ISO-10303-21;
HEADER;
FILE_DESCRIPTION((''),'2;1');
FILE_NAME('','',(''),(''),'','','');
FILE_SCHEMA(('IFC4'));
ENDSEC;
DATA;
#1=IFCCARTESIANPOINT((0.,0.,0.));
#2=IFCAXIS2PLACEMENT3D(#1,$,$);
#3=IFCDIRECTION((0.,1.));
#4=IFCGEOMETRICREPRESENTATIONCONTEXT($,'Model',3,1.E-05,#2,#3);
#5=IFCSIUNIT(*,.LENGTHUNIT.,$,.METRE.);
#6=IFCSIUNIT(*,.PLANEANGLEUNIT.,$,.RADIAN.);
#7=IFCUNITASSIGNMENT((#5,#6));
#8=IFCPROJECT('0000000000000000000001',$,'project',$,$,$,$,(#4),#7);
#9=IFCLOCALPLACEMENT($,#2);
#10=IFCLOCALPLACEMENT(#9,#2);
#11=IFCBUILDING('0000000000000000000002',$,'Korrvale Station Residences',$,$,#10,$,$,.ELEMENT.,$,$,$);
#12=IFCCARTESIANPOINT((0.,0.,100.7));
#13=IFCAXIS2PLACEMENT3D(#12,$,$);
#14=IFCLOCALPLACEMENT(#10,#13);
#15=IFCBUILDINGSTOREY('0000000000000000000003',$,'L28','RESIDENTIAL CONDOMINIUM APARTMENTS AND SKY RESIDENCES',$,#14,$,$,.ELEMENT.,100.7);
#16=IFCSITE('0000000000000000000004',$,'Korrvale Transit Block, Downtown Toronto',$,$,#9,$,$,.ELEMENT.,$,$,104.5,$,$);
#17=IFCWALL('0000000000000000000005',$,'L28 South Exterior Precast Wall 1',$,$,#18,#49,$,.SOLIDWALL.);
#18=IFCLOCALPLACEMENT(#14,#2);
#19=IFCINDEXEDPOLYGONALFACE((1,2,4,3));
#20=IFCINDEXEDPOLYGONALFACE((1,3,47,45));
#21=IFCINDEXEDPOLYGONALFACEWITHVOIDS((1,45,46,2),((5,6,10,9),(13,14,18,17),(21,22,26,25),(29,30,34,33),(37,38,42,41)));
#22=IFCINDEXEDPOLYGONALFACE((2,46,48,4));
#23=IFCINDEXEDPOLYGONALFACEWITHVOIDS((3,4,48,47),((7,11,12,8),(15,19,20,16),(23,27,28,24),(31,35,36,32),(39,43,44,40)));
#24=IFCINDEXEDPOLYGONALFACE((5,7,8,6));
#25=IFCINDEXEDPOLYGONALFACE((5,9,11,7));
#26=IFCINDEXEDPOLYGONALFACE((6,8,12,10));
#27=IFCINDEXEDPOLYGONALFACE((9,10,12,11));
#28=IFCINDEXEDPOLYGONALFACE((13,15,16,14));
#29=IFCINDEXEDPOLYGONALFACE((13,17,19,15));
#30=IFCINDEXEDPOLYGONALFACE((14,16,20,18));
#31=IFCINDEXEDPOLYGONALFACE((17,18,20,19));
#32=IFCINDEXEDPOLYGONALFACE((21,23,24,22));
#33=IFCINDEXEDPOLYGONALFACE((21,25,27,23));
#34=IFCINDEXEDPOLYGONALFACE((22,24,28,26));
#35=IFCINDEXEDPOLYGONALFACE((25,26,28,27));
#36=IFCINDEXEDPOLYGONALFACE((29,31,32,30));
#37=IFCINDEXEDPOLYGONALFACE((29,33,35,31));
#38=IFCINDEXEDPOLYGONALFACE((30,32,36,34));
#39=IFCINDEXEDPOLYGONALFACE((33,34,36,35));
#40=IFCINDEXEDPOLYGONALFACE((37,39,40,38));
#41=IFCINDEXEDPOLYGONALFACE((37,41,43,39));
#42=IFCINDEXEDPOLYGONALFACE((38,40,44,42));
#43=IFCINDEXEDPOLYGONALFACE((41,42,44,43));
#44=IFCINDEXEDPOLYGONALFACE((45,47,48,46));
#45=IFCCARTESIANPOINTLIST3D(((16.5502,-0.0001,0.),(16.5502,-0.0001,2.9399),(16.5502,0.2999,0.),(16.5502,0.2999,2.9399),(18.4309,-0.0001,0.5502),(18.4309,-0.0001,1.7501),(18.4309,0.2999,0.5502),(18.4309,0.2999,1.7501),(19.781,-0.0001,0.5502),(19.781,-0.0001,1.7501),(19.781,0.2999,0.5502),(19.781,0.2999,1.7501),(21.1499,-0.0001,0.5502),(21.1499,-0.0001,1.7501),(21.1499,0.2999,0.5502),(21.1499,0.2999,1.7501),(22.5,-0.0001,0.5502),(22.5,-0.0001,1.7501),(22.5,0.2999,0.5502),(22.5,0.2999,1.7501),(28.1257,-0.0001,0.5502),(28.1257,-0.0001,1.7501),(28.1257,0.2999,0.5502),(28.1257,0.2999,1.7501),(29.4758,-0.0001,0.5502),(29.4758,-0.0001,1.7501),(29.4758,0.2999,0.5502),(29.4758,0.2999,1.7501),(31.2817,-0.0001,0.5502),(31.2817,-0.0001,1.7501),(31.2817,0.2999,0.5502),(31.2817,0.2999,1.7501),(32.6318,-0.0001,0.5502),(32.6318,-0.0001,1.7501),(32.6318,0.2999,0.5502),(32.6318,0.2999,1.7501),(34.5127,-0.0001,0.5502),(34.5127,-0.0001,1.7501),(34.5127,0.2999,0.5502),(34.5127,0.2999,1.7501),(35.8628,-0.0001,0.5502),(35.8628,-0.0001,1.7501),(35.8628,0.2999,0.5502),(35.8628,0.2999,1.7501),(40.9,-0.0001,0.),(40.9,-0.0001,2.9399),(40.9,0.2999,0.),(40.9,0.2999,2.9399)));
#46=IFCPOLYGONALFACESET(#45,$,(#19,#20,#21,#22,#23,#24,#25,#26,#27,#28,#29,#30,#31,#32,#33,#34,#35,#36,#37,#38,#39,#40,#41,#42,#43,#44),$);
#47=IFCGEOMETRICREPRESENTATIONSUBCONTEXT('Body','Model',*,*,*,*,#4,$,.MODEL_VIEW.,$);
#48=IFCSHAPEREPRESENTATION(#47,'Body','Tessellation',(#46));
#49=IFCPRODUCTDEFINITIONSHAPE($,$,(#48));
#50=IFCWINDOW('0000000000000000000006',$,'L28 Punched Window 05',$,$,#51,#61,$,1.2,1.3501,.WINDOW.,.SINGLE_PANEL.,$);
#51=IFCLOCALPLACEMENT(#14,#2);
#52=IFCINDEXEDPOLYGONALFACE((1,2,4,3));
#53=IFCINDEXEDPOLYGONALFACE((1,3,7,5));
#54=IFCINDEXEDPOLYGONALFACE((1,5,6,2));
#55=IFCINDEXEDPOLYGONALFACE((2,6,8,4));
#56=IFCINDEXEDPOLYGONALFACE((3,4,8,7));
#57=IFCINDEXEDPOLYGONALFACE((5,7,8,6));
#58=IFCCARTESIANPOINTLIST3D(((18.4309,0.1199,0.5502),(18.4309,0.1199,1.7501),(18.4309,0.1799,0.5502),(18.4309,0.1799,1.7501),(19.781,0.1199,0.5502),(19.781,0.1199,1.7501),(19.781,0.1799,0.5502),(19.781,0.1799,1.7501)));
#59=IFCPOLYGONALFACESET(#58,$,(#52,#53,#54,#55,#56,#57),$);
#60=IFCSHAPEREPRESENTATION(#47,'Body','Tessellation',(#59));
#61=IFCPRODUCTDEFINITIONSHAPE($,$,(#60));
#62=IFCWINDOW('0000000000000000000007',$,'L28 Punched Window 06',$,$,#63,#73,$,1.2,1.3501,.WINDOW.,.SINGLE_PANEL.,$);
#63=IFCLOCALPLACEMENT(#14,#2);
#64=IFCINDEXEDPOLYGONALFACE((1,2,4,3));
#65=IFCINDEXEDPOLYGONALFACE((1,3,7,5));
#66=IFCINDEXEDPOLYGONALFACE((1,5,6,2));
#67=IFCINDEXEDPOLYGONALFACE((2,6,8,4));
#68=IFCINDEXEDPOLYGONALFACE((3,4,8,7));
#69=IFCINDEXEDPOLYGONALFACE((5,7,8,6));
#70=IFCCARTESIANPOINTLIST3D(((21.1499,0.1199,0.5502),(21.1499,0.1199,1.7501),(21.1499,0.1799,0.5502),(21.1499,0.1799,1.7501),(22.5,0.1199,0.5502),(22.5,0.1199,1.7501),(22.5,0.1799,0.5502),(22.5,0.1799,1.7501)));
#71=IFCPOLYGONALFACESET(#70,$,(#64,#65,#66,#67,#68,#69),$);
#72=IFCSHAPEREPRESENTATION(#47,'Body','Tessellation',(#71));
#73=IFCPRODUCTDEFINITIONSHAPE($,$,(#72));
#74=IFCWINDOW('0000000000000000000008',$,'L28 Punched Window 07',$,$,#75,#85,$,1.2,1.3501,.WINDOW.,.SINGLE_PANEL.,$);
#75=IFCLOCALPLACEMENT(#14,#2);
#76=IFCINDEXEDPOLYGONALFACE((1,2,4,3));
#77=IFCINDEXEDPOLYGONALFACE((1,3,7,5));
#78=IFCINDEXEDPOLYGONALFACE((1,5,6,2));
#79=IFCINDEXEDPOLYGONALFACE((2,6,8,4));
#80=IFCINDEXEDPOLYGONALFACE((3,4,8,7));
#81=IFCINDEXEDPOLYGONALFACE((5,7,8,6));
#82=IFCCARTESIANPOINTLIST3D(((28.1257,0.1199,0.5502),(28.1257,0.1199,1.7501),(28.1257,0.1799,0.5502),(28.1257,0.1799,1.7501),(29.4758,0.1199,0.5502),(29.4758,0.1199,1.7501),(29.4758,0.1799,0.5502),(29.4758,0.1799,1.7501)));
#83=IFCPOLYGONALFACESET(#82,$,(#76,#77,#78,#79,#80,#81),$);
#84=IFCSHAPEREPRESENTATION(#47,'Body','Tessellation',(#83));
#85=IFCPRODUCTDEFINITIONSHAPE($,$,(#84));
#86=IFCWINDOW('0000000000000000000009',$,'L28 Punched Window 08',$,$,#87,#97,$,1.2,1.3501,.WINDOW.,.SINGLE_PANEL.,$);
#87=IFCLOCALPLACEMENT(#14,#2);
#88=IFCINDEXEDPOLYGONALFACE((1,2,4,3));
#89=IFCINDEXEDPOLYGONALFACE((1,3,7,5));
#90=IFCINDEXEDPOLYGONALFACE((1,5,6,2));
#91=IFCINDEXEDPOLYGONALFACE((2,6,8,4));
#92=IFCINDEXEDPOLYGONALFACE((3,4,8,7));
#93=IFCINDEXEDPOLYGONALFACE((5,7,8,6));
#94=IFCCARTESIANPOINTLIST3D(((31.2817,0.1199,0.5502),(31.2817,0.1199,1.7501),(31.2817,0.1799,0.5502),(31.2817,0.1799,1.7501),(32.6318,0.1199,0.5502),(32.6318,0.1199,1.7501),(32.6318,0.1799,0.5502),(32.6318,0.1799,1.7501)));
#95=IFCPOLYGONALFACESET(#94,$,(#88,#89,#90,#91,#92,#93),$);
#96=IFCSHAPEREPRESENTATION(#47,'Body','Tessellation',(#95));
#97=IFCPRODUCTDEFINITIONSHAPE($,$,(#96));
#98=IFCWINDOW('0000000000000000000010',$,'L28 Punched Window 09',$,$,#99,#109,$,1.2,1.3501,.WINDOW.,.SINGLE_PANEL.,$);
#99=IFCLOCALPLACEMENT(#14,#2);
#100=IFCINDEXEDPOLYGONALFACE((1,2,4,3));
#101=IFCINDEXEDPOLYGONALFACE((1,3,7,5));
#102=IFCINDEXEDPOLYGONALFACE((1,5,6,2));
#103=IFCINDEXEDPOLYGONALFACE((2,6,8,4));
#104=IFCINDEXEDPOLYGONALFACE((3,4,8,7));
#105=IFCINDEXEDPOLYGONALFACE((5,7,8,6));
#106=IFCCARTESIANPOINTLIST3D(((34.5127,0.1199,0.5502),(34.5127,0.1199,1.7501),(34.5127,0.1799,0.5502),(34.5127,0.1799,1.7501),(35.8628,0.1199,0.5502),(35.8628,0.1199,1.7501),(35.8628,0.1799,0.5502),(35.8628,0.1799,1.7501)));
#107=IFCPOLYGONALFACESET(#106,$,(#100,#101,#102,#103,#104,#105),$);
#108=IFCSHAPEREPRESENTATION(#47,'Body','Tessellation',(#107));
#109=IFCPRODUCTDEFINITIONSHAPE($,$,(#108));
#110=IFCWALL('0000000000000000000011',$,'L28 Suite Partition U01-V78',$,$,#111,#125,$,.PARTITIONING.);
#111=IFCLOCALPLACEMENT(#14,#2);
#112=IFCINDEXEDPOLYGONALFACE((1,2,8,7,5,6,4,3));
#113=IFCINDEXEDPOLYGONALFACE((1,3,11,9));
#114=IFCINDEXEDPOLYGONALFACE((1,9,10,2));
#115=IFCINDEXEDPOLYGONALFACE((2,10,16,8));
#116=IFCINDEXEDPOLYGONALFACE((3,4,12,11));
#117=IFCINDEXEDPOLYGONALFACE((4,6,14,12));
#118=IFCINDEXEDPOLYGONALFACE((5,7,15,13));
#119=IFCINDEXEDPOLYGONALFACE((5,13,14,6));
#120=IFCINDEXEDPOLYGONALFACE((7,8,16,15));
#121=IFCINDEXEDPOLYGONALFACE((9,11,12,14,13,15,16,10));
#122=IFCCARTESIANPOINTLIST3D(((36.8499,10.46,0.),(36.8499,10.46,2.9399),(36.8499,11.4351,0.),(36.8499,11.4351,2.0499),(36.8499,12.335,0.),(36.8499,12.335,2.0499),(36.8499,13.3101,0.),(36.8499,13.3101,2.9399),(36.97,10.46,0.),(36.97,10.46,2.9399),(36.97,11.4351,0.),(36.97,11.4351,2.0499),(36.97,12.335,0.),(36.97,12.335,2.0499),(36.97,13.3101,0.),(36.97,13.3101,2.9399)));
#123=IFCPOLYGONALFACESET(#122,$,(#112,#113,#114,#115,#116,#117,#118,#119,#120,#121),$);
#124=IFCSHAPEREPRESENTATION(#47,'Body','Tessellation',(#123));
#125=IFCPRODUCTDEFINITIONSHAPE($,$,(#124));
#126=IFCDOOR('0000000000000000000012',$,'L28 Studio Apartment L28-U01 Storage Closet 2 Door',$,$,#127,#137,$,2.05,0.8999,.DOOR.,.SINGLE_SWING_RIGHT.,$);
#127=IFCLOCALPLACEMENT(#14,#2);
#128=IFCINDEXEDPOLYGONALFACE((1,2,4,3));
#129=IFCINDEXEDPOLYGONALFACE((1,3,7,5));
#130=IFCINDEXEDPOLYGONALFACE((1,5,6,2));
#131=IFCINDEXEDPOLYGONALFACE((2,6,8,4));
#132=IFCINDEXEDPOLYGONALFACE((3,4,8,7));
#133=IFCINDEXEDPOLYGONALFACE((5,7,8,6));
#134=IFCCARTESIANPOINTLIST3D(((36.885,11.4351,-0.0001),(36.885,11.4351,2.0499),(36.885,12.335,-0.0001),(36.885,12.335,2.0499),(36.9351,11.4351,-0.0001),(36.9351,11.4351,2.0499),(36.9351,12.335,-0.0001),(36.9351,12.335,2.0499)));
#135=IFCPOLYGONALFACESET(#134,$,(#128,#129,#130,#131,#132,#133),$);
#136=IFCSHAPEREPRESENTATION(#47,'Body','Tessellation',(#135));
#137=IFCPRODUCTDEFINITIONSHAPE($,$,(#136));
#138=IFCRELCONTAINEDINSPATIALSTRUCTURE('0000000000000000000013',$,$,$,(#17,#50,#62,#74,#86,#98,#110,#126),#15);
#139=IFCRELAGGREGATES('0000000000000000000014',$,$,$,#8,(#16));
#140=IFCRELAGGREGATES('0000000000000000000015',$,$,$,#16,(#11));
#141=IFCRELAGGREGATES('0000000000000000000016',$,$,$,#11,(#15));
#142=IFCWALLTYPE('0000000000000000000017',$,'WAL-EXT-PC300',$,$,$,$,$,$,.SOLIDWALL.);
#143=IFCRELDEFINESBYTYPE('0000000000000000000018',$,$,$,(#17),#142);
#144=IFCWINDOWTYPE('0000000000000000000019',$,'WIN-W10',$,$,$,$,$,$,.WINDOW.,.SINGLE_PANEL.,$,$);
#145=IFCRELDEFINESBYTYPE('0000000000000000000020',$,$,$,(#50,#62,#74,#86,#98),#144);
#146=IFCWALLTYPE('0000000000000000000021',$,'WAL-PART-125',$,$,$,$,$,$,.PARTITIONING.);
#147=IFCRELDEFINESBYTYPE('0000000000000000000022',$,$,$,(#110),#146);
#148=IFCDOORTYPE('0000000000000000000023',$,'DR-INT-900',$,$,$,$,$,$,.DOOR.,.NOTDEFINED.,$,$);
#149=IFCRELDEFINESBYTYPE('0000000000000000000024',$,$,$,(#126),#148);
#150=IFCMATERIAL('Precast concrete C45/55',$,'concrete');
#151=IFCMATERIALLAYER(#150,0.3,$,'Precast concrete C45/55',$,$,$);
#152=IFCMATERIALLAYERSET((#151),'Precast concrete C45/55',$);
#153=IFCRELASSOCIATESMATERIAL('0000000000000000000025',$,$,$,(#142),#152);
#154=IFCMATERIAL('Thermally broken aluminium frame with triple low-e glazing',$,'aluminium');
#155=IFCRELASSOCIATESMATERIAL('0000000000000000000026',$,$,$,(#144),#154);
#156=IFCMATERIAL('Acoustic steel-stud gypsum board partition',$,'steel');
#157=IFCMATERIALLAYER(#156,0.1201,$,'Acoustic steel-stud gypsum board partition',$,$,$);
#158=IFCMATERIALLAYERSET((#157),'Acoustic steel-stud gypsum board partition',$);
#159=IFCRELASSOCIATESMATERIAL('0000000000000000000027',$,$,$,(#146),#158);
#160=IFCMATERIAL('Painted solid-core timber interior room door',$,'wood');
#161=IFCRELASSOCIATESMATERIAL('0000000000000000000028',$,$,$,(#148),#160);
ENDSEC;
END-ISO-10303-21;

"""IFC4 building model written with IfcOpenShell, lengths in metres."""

from ifc_helpers import new_model, si_unit, direction, frame, frame_2d, origin, place, context, subcontext, project, spatial, rectangle, extrude, material, layer, layer_set, type_object, element, fill, save


model = new_model("IFC4")

# Units and contexts
model_context = context("Model", 3, precision=1e-05, world=origin(), true_north=direction((0.0, 1.0)))
body_context = subcontext(model_context, "Body", "Model", "MODEL_VIEW")
ifc_project = project(units=[si_unit("LENGTHUNIT", "METRE"), si_unit("PLANEANGLEUNIT", "RADIAN")], contexts=[model_context])

# Site, building, storey
site_placement = place(None, origin())
site = spatial("IfcSite", under=ifc_project, at=site_placement, Name="Korrvale Transit Block, Downtown Toronto", CompositionType="ELEMENT", RefElevation=104.5)
building_placement = place(site_placement, origin())
building = spatial("IfcBuilding", under=site, at=building_placement, Name="Korrvale Station Residences", CompositionType="ELEMENT")
storey_placement = place(building_placement, frame((0.0, 0.0, 100.7)))
storey = spatial("IfcBuildingStorey", under=building, at=storey_placement, Name="L28", Description="RESIDENTIAL CONDOMINIUM APARTMENTS AND SKY RESIDENCES", CompositionType="ELEMENT", Elevation=100.7)

# Shared definitions
ifc_material_1 = material(Name="Precast concrete C45/55", Category="concrete")

# Wall, openings, windows
ifc_layer_1 = layer(ifc_material_1, 0.3, Name="Precast concrete C45/55")
ifc_layer_set_1 = layer_set([ifc_layer_1], Name="Precast concrete C45/55")
wall_type_1 = type_object("IfcWallType", Name="WAL-EXT-PC300", PredefinedType="SOLIDWALL", material=ifc_layer_set_1)
wall_1_placement = place(storey_placement, frame((40.8999, 0.1499, 0.0), z_axis=(0.0, 0.0, 1.0), x_axis=(-1.0, 0.0, 0.0)))
wall_1 = element("IfcWall", 1, at=wall_1_placement, inside=storey, type_object=wall_type_1, Name="L28 South Exterior Precast Wall 1", PredefinedType="SOLIDWALL", context=body_context, shape_type="SweptSolid", body=[
    extrude(rectangle(XDim=24.3499, YDim=0.3, at=frame_2d((12.1748, 0.0))), origin(), (0.0, 0.0, 1.0), 2.9399),
])
opening_1_placement = place(wall_1_placement, frame((21.1189, 0.0, 0.55)))
opening_1 = element("IfcOpeningElement", 2, at=opening_1_placement, cuts=wall_1, PredefinedType="OPENING", context=body_context, shape_type="SweptSolid", body=[
    extrude(rectangle(XDim=1.3501, YDim=1.2, at=frame_2d((0.675, 0.6001))), frame((0.0, 0.1602, 0.0), z_axis=(0.0, -1.0, 0.0), x_axis=(1.0, 0.0, 0.0)), (0.0, 0.0, 1.0), 0.3201),
])
opening_2_placement = place(wall_1_placement, frame((18.3999, 0.0, 0.55)))
opening_2 = element("IfcOpeningElement", 3, at=opening_2_placement, cuts=wall_1, PredefinedType="OPENING", context=body_context, shape_type="SweptSolid", body=[
    extrude(rectangle(XDim=1.3501, YDim=1.2, at=frame_2d((0.675, 0.6001))), frame((0.0, 0.1602, 0.0), z_axis=(0.0, -1.0, 0.0), x_axis=(1.0, 0.0, 0.0)), (0.0, 0.0, 1.0), 0.3201),
])
opening_3_placement = place(wall_1_placement, frame((11.4241, 0.0, 0.55)))
opening_3 = element("IfcOpeningElement", 4, at=opening_3_placement, cuts=wall_1, PredefinedType="OPENING", context=body_context, shape_type="SweptSolid", body=[
    extrude(rectangle(XDim=1.3501, YDim=1.2, at=frame_2d((0.675, 0.6001))), frame((0.0, 0.1602, 0.0), z_axis=(0.0, -1.0, 0.0), x_axis=(1.0, 0.0, 0.0)), (0.0, 0.0, 1.0), 0.3201),
])
opening_4_placement = place(wall_1_placement, frame((8.2681, 0.0, 0.55)))
opening_4 = element("IfcOpeningElement", 5, at=opening_4_placement, cuts=wall_1, PredefinedType="OPENING", context=body_context, shape_type="SweptSolid", body=[
    extrude(rectangle(XDim=1.3501, YDim=1.2, at=frame_2d((0.675, 0.6001))), frame((0.0, 0.1602, 0.0), z_axis=(0.0, -1.0, 0.0), x_axis=(1.0, 0.0, 0.0)), (0.0, 0.0, 1.0), 0.3201),
])
opening_5_placement = place(wall_1_placement, frame((5.0371, 0.0, 0.55)))
opening_5 = element("IfcOpeningElement", 6, at=opening_5_placement, cuts=wall_1, PredefinedType="OPENING", context=body_context, shape_type="SweptSolid", body=[
    extrude(rectangle(XDim=1.3501, YDim=1.2, at=frame_2d((0.675, 0.6001))), frame((0.0, 0.1602, 0.0), z_axis=(0.0, -1.0, 0.0), x_axis=(1.0, 0.0, 0.0)), (0.0, 0.0, 1.0), 0.3201),
])
ifc_material_2 = material(Name="Thermally broken aluminium frame with triple low-e glazing", Category="aluminium")
window_type = type_object("IfcWindowType", Name="WIN-W10", PartitioningType="SINGLE_PANEL", PredefinedType="WINDOW", material=ifc_material_2)
window_1_placement = place(opening_1_placement, origin())
window_1 = element("IfcWindow", 7, at=window_1_placement, inside=storey, type_object=window_type, Name="L28 Punched Window 05", OverallHeight=1.2, OverallWidth=1.3501, PartitioningType="SINGLE_PANEL", PredefinedType="WINDOW", context=body_context, shape_type="SweptSolid", body=[
    extrude(rectangle(XDim=1.3501, YDim=1.2, at=frame_2d((0.675, 0.6001))), frame((0.0, 0.03, 0.0), z_axis=(0.0, -1.0, 0.0), x_axis=(1.0, 0.0, 0.0)), (0.0, 0.0, 1.0), 0.0601),
])
fill(opening_1, window_1)
window_2_placement = place(opening_2_placement, origin())
window_2 = element("IfcWindow", 8, at=window_2_placement, inside=storey, type_object=window_type, Name="L28 Punched Window 06", OverallHeight=1.2, OverallWidth=1.3501, PartitioningType="SINGLE_PANEL", PredefinedType="WINDOW", context=body_context, shape_type="SweptSolid", body=[
    extrude(rectangle(XDim=1.3501, YDim=1.2, at=frame_2d((0.675, 0.6001))), frame((0.0, 0.03, 0.0), z_axis=(0.0, -1.0, 0.0), x_axis=(1.0, 0.0, 0.0)), (0.0, 0.0, 1.0), 0.0601),
])
fill(opening_2, window_2)
window_3_placement = place(opening_3_placement, origin())
window_3 = element("IfcWindow", 9, at=window_3_placement, inside=storey, type_object=window_type, Name="L28 Punched Window 07", OverallHeight=1.2, OverallWidth=1.3501, PartitioningType="SINGLE_PANEL", PredefinedType="WINDOW", context=body_context, shape_type="SweptSolid", body=[
    extrude(rectangle(XDim=1.3501, YDim=1.2, at=frame_2d((0.675, 0.6001))), frame((0.0, 0.03, 0.0), z_axis=(0.0, -1.0, 0.0), x_axis=(1.0, 0.0, 0.0)), (0.0, 0.0, 1.0), 0.0601),
])
fill(opening_3, window_3)
window_4_placement = place(opening_4_placement, origin())
window_4 = element("IfcWindow", 10, at=window_4_placement, inside=storey, type_object=window_type, Name="L28 Punched Window 08", OverallHeight=1.2, OverallWidth=1.3501, PartitioningType="SINGLE_PANEL", PredefinedType="WINDOW", context=body_context, shape_type="SweptSolid", body=[
    extrude(rectangle(XDim=1.3501, YDim=1.2, at=frame_2d((0.675, 0.6001))), frame((0.0, 0.03, 0.0), z_axis=(0.0, -1.0, 0.0), x_axis=(1.0, 0.0, 0.0)), (0.0, 0.0, 1.0), 0.0601),
])
fill(opening_4, window_4)
window_5_placement = place(opening_5_placement, origin())
window_5 = element("IfcWindow", 11, at=window_5_placement, inside=storey, type_object=window_type, Name="L28 Punched Window 09", OverallHeight=1.2, OverallWidth=1.3501, PartitioningType="SINGLE_PANEL", PredefinedType="WINDOW", context=body_context, shape_type="SweptSolid", body=[
    extrude(rectangle(XDim=1.3501, YDim=1.2, at=frame_2d((0.675, 0.6001))), frame((0.0, 0.03, 0.0), z_axis=(0.0, -1.0, 0.0), x_axis=(1.0, 0.0, 0.0)), (0.0, 0.0, 1.0), 0.0601),
])
fill(opening_5, window_5)

# Wall, opening, door
ifc_material_3 = material(Name="Acoustic steel-stud gypsum board partition", Category="steel")
ifc_layer_2 = layer(ifc_material_3, 0.1201, Name="Acoustic steel-stud gypsum board partition")
ifc_layer_set_2 = layer_set([ifc_layer_2], Name="Acoustic steel-stud gypsum board partition")
wall_type_2 = type_object("IfcWallType", Name="WAL-PART-125", PredefinedType="PARTITIONING", material=ifc_layer_set_2)
wall_2_placement = place(storey_placement, frame((36.9099, 10.46, 0.0), z_axis=(0.0, 0.0, 1.0), x_axis=(0.0, 1.0, 0.0)))
wall_2 = element("IfcWall", 12, at=wall_2_placement, inside=storey, type_object=wall_type_2, Name="L28 Suite Partition U01-V78", PredefinedType="PARTITIONING", context=body_context, shape_type="SweptSolid", body=[
    extrude(rectangle(XDim=2.8501, YDim=0.1201, at=frame_2d((1.425, 0.0))), origin(), (0.0, 0.0, 1.0), 2.9399),
])
opening_6_placement = place(wall_2_placement, frame((0.9751, 0.0, 0.0)))
opening_6 = element("IfcOpeningElement", 13, at=opening_6_placement, cuts=wall_2, PredefinedType="OPENING", context=body_context, shape_type="SweptSolid", body=[
    extrude(rectangle(XDim=0.8999, YDim=2.05, at=frame_2d((0.45, 1.0249))), frame((0.0, 0.0701, 0.0), z_axis=(0.0, -1.0, 0.0), x_axis=(1.0, 0.0, 0.0)), (0.0, 0.0, 1.0), 0.1401),
])
ifc_material_4 = material(Name="Painted solid-core timber interior room door", Category="wood")
door_type = type_object("IfcDoorType", Name="DR-INT-900", OperationType="NOTDEFINED", PredefinedType="DOOR", material=ifc_material_4)
door_1_placement = place(opening_6_placement, origin())
door_1 = element("IfcDoor", 14, at=door_1_placement, inside=storey, type_object=door_type, Name="L28 Studio Apartment L28-U01 Storage Closet 2 Door", OperationType="SINGLE_SWING_RIGHT", OverallHeight=2.05, OverallWidth=0.8999, PredefinedType="DOOR", context=body_context, shape_type="SweptSolid", body=[
    extrude(rectangle(XDim=0.8999, YDim=2.05, at=frame_2d((0.45, 1.0249))), frame((0.0, 0.0249, 0.0), z_axis=(0.0, -1.0, 0.0), x_axis=(1.0, 0.0, 0.0)), (0.0, 0.0, 1.0), 0.05),
])
fill(opening_6, door_1)

save(model, "model.ifc")
